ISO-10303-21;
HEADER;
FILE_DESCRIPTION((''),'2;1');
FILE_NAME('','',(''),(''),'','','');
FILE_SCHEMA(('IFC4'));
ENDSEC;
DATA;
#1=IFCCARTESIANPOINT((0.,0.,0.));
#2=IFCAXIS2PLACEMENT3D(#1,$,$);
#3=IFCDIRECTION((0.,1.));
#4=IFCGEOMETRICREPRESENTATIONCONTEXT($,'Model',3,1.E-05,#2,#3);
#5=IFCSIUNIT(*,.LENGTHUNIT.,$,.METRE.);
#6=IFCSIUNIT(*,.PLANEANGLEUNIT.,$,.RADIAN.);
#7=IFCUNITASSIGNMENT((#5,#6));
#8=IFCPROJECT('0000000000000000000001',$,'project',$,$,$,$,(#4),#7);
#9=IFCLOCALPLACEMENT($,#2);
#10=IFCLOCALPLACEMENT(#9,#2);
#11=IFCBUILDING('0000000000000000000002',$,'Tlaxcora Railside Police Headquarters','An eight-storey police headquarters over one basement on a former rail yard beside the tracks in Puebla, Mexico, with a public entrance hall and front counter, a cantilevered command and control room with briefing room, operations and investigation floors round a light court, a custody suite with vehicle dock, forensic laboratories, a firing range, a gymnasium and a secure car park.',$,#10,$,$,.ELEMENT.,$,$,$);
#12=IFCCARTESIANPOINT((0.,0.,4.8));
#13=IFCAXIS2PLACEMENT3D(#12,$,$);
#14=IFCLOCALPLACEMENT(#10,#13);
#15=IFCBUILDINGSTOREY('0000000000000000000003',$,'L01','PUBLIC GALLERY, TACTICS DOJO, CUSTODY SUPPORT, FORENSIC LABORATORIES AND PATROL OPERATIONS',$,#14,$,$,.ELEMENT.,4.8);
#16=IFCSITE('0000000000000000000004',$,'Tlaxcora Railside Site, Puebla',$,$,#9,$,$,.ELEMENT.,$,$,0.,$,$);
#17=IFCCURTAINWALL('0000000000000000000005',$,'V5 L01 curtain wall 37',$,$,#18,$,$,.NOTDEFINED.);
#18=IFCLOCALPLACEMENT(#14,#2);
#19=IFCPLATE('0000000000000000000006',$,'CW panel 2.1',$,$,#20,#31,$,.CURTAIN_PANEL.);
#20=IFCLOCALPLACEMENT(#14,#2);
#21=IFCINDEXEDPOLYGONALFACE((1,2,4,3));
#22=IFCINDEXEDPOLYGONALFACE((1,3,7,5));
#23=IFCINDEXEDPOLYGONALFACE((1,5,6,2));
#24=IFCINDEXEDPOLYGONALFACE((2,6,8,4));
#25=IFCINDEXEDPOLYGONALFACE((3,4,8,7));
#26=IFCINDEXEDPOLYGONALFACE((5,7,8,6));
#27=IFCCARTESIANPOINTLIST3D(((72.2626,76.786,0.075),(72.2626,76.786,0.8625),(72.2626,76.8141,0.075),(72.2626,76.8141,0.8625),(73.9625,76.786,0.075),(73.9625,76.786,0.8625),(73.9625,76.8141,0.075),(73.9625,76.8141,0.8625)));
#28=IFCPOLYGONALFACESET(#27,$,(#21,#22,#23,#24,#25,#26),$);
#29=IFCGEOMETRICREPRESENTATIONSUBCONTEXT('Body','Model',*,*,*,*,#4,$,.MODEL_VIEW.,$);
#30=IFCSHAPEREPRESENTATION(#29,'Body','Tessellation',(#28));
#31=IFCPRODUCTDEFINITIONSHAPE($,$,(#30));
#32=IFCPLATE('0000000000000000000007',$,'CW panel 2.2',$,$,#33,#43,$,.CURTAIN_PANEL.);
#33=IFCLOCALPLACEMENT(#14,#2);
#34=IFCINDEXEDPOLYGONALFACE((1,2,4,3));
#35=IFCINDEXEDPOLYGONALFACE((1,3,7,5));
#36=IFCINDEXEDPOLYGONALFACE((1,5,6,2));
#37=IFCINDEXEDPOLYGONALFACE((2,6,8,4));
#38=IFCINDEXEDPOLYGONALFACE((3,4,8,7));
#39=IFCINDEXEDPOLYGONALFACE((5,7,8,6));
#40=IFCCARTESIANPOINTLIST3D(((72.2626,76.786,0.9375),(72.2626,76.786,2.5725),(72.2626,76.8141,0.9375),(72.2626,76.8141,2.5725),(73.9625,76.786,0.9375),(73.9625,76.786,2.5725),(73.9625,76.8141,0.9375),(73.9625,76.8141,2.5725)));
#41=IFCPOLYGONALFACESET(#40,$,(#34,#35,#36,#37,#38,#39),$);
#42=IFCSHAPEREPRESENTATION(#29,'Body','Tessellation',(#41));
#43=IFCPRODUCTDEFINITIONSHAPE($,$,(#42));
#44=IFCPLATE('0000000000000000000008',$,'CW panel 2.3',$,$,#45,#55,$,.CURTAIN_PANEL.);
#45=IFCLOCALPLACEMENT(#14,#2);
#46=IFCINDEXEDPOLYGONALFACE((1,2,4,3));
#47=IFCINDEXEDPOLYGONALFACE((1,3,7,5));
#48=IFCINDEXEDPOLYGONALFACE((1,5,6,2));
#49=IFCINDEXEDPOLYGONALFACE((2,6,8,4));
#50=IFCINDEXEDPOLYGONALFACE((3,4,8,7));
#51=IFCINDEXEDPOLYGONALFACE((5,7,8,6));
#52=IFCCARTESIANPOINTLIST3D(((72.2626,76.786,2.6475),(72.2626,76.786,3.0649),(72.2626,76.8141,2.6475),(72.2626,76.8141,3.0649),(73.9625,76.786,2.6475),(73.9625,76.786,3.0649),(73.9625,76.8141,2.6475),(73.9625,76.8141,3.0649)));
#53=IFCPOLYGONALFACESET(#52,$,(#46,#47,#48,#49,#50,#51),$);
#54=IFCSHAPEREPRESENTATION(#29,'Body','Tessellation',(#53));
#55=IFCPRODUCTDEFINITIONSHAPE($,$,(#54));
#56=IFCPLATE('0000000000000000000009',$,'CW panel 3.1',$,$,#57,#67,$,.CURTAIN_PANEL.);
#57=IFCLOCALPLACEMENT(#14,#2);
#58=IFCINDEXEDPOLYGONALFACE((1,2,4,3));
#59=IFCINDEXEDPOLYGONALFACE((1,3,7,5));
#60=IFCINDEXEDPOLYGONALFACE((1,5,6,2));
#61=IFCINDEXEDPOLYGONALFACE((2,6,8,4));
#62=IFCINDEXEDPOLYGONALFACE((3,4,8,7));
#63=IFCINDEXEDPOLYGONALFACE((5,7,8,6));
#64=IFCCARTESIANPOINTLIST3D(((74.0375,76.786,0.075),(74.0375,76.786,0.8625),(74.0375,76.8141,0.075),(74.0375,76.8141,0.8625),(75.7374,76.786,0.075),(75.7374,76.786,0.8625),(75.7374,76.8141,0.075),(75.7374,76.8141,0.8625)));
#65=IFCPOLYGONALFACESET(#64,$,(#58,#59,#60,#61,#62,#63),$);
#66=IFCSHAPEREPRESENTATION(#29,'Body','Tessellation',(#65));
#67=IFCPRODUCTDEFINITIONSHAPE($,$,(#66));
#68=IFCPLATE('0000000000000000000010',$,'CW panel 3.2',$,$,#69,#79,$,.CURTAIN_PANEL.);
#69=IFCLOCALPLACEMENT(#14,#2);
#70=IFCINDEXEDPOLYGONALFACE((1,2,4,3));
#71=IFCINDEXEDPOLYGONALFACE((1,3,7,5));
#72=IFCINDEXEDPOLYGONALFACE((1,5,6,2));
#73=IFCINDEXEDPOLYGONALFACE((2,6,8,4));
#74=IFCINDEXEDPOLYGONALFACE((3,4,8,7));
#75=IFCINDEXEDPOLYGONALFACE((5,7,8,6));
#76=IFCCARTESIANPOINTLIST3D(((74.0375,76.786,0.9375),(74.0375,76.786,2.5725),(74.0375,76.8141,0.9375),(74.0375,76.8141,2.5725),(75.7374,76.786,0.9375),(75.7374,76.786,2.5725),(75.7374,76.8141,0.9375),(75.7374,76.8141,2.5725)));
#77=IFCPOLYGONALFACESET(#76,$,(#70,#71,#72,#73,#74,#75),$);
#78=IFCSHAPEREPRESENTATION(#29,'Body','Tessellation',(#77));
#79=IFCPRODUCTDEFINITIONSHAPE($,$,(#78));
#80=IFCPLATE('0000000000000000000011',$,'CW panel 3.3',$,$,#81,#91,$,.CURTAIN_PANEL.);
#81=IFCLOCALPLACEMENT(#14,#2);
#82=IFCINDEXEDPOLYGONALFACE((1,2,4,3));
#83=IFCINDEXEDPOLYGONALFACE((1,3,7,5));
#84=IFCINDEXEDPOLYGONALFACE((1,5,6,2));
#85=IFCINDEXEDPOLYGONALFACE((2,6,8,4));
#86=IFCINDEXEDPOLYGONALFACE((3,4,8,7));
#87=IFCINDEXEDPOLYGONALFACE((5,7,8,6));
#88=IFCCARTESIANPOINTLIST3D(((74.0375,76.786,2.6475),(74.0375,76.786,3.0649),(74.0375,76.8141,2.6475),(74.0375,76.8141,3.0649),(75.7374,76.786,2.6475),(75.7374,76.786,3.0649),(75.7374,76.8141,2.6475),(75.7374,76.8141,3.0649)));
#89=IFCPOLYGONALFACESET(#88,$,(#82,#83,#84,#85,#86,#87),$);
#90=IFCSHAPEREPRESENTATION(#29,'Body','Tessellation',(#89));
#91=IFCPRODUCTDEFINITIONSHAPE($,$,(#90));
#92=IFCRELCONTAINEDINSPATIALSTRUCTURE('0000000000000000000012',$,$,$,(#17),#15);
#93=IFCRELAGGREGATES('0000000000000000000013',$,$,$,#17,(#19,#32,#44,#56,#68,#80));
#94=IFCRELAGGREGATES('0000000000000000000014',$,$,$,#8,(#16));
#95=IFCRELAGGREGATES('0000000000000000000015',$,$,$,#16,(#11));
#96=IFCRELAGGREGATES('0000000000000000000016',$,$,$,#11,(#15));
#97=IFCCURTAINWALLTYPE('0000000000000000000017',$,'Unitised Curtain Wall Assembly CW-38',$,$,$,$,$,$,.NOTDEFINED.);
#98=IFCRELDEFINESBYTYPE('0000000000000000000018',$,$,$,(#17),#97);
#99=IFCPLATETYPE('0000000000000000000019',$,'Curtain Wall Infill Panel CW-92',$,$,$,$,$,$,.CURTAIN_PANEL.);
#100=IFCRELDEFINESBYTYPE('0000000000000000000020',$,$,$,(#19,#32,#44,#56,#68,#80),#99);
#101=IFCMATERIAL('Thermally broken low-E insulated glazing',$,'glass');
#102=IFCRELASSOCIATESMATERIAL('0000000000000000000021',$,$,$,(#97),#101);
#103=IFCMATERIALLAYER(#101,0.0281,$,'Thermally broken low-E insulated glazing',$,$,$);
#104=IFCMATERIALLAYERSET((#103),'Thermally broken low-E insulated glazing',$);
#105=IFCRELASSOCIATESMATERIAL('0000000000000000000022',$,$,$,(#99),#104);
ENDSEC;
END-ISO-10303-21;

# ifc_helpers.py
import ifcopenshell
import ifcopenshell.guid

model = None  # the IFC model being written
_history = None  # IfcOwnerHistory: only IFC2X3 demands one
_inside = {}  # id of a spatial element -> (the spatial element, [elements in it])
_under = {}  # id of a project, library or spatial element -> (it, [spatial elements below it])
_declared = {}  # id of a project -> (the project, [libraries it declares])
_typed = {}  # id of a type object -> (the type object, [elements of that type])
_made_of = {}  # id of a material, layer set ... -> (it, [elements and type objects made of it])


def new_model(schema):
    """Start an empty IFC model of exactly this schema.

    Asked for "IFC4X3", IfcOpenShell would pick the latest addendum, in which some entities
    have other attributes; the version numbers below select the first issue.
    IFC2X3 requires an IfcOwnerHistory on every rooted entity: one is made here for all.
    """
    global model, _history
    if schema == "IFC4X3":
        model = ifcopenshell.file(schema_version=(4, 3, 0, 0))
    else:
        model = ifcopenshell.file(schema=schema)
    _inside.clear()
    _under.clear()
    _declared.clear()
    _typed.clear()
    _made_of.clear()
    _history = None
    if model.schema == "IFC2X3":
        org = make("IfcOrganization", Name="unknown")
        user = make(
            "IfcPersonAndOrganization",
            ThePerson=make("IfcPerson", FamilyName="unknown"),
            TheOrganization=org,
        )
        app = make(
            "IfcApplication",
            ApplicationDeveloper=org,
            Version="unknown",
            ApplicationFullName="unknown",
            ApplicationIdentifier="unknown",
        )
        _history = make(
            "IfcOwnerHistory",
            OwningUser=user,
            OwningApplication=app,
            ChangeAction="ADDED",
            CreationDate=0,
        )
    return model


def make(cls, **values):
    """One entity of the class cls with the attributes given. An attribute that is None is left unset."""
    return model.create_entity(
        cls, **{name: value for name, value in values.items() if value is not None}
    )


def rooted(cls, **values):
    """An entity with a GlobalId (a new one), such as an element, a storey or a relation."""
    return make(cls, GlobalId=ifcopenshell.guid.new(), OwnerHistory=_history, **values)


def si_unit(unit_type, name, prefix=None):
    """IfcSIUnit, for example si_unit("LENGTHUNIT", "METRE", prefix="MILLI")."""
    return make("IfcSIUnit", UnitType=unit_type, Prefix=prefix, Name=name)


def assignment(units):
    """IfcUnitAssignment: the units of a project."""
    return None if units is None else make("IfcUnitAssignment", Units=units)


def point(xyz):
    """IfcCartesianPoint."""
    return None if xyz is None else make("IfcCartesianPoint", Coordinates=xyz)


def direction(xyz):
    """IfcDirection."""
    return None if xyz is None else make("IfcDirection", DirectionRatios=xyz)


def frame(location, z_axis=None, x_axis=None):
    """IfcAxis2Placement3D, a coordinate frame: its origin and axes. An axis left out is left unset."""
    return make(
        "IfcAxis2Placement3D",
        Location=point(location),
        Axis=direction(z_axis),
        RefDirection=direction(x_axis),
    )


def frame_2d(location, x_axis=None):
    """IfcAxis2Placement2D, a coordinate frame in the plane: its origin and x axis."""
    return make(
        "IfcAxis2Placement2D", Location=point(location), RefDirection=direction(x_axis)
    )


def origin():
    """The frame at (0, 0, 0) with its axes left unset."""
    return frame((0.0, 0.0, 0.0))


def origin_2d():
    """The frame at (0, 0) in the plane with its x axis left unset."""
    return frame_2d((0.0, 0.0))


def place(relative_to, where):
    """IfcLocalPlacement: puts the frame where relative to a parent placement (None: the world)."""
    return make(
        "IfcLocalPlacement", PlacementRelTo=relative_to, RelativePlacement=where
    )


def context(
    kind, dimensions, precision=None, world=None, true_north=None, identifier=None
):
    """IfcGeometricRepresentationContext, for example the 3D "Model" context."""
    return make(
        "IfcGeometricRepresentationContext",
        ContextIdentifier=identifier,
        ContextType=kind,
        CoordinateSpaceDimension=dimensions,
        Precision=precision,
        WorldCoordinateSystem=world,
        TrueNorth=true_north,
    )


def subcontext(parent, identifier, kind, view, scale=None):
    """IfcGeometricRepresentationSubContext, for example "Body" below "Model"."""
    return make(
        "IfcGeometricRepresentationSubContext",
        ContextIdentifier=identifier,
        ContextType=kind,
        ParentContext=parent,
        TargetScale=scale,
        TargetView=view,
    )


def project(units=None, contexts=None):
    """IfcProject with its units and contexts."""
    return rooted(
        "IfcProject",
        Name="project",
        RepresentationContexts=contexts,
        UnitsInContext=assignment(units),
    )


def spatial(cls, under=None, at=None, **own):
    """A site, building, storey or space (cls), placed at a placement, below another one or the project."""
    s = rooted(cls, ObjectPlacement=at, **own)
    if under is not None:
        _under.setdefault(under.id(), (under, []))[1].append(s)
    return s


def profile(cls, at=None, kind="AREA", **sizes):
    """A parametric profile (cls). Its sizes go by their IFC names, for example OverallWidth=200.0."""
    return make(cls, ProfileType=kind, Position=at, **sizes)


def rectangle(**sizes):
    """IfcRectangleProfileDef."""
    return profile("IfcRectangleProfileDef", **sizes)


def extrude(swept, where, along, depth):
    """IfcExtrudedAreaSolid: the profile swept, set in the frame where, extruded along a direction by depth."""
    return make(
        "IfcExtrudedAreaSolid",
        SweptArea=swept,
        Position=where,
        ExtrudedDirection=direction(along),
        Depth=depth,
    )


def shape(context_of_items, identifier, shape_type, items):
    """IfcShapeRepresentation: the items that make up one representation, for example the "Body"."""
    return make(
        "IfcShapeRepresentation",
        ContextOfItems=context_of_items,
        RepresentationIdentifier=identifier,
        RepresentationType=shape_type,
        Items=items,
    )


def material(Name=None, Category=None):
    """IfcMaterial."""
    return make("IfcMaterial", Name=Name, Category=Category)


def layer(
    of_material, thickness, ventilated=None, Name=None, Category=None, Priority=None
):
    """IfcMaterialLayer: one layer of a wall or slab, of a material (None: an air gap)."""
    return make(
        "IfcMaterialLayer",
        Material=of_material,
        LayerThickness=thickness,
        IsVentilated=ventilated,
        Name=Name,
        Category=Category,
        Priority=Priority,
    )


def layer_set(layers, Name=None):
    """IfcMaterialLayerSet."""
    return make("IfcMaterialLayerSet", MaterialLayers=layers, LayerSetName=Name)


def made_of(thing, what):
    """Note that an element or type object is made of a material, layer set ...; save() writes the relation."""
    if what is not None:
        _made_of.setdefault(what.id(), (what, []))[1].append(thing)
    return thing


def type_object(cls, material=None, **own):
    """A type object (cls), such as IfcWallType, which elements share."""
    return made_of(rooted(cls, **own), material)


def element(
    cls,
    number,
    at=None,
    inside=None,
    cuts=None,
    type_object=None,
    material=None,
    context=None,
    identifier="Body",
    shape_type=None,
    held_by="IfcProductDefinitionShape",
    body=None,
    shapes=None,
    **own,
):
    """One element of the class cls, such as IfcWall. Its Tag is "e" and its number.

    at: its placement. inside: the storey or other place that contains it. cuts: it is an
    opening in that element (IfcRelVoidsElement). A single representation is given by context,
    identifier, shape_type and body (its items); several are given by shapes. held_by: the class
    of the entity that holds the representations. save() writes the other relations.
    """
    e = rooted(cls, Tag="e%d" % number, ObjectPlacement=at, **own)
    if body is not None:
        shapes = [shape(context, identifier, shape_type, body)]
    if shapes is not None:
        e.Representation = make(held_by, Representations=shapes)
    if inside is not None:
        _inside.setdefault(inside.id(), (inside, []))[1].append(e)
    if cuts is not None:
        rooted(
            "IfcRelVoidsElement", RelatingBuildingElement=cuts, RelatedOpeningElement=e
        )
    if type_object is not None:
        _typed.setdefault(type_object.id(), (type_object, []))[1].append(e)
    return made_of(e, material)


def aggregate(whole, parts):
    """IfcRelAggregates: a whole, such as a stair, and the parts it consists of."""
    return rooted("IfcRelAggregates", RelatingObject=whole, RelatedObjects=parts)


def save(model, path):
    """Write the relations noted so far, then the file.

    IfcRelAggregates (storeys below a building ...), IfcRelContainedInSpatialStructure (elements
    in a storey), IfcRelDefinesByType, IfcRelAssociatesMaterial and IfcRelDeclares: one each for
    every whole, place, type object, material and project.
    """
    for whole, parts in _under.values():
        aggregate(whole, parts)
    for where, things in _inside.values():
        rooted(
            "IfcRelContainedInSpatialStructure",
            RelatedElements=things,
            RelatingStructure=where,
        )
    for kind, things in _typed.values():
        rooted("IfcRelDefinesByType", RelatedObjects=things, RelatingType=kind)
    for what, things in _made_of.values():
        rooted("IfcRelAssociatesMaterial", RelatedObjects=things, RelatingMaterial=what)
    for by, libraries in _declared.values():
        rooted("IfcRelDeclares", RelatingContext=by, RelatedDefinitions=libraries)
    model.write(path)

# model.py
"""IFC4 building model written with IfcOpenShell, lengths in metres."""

from ifc_helpers import new_model, si_unit, direction, frame, origin, origin_2d, place, context, subcontext, project, spatial, rectangle, extrude, material, layer, layer_set, type_object, element, aggregate, save


model = new_model("IFC4")

# Units and contexts
model_context = context("Model", 3, precision=1e-05, world=origin(), true_north=direction((0.0, 1.0)))
body_context = subcontext(model_context, "Body", "Model", "MODEL_VIEW")
ifc_project = project(units=[si_unit("LENGTHUNIT", "METRE"), si_unit("PLANEANGLEUNIT", "RADIAN")], contexts=[model_context])

# Site, building, storey
site_placement = place(None, origin())
site = spatial("IfcSite", under=ifc_project, at=site_placement, Name="Tlaxcora Railside Site, Puebla", CompositionType="ELEMENT", RefElevation=0.0)
building_placement = place(site_placement, origin())
building = spatial("IfcBuilding", under=site, at=building_placement, Name="Tlaxcora Railside Police Headquarters", Description="An eight-storey police headquarters over one basement on a former rail yard beside the tracks in Puebla, Mexico, with a public entrance hall and front counter, a cantilevered command and control room with briefing room, operations and investigation floors round a light court, a custody suite with vehicle dock, forensic laboratories, a firing range, a gymnasium and a secure car park.", CompositionType="ELEMENT")
storey_placement = place(building_placement, frame((0.0, 0.0, 4.8)))
storey = spatial("IfcBuildingStorey", under=building, at=storey_placement, Name="L01", Description="PUBLIC GALLERY, TACTICS DOJO, CUSTODY SUPPORT, FORENSIC LABORATORIES AND PATROL OPERATIONS", CompositionType="ELEMENT", Elevation=4.8)

# Curtain wall, plates
ifc_material_1 = material(Name="Thermally broken low-E insulated glazing", Category="glass")
curtain_wall_type = type_object("IfcCurtainWallType", Name="Unitised Curtain Wall Assembly CW-38", PredefinedType="NOTDEFINED", material=ifc_material_1)
curtain_wall_placement = place(storey_placement, origin())
curtain_wall = element("IfcCurtainWall", 1, at=curtain_wall_placement, inside=storey, type_object=curtain_wall_type, Name="V5 L01 curtain wall 37", PredefinedType="NOTDEFINED")
ifc_layer = layer(ifc_material_1, 0.0281, Name="Thermally broken low-E insulated glazing")
ifc_layer_set = layer_set([ifc_layer], Name="Thermally broken low-E insulated glazing")
plate_type = type_object("IfcPlateType", Name="Curtain Wall Infill Panel CW-92", PredefinedType="CURTAIN_PANEL", material=ifc_layer_set)
plate_1_placement = place(storey_placement, frame((73.1125, 76.8, 0.075), z_axis=(0.0, 0.0, 1.0), x_axis=(1.0, 0.0, 0.0)))
plate_1 = element("IfcPlate", 2, at=plate_1_placement, type_object=plate_type, Name="CW panel 2.1", PredefinedType="CURTAIN_PANEL", context=body_context, shape_type="SweptSolid", body=[
    extrude(rectangle(XDim=1.7, YDim=0.0281, at=origin_2d()), origin(), (0.0, 0.0, 1.0), 0.7876),
])
plate_2_placement = place(storey_placement, frame((73.1125, 76.8, 0.9375), z_axis=(0.0, 0.0, 1.0), x_axis=(1.0, 0.0, 0.0)))
plate_2 = element("IfcPlate", 3, at=plate_2_placement, type_object=plate_type, Name="CW panel 2.2", PredefinedType="CURTAIN_PANEL", context=body_context, shape_type="SweptSolid", body=[
    extrude(rectangle(XDim=1.7, YDim=0.0281, at=origin_2d()), origin(), (0.0, 0.0, 1.0), 1.635),
])
plate_3_placement = place(storey_placement, frame((73.1125, 76.8, 2.6475), z_axis=(0.0, 0.0, 1.0), x_axis=(1.0, 0.0, 0.0)))
plate_3 = element("IfcPlate", 4, at=plate_3_placement, type_object=plate_type, Name="CW panel 2.3", PredefinedType="CURTAIN_PANEL", context=body_context, shape_type="SweptSolid", body=[
    extrude(rectangle(XDim=1.7, YDim=0.0281, at=origin_2d()), origin(), (0.0, 0.0, 1.0), 0.4175),
])
plate_4_placement = place(storey_placement, frame((74.8875, 76.8, 0.075), z_axis=(0.0, 0.0, 1.0), x_axis=(1.0, 0.0, 0.0)))
plate_4 = element("IfcPlate", 5, at=plate_4_placement, type_object=plate_type, Name="CW panel 3.1", PredefinedType="CURTAIN_PANEL", context=body_context, shape_type="SweptSolid", body=[
    extrude(rectangle(XDim=1.7, YDim=0.0281, at=origin_2d()), origin(), (0.0, 0.0, 1.0), 0.7876),
])
plate_5_placement = place(storey_placement, frame((74.8875, 76.8, 0.9375), z_axis=(0.0, 0.0, 1.0), x_axis=(1.0, 0.0, 0.0)))
plate_5 = element("IfcPlate", 6, at=plate_5_placement, type_object=plate_type, Name="CW panel 3.2", PredefinedType="CURTAIN_PANEL", context=body_context, shape_type="SweptSolid", body=[
    extrude(rectangle(XDim=1.7, YDim=0.0281, at=origin_2d()), origin(), (0.0, 0.0, 1.0), 1.635),
])
plate_6_placement = place(storey_placement, frame((74.8875, 76.8, 2.6475), z_axis=(0.0, 0.0, 1.0), x_axis=(1.0, 0.0, 0.0)))
plate_6 = element("IfcPlate", 7, at=plate_6_placement, type_object=plate_type, Name="CW panel 3.3", PredefinedType="CURTAIN_PANEL", context=body_context, shape_type="SweptSolid", body=[
    extrude(rectangle(XDim=1.7, YDim=0.0281, at=origin_2d()), origin(), (0.0, 0.0, 1.0), 0.4175),
])
aggregate(curtain_wall, [plate_1, plate_2, plate_3, plate_4, plate_5, plate_6])

save(model, "model.ifc")
